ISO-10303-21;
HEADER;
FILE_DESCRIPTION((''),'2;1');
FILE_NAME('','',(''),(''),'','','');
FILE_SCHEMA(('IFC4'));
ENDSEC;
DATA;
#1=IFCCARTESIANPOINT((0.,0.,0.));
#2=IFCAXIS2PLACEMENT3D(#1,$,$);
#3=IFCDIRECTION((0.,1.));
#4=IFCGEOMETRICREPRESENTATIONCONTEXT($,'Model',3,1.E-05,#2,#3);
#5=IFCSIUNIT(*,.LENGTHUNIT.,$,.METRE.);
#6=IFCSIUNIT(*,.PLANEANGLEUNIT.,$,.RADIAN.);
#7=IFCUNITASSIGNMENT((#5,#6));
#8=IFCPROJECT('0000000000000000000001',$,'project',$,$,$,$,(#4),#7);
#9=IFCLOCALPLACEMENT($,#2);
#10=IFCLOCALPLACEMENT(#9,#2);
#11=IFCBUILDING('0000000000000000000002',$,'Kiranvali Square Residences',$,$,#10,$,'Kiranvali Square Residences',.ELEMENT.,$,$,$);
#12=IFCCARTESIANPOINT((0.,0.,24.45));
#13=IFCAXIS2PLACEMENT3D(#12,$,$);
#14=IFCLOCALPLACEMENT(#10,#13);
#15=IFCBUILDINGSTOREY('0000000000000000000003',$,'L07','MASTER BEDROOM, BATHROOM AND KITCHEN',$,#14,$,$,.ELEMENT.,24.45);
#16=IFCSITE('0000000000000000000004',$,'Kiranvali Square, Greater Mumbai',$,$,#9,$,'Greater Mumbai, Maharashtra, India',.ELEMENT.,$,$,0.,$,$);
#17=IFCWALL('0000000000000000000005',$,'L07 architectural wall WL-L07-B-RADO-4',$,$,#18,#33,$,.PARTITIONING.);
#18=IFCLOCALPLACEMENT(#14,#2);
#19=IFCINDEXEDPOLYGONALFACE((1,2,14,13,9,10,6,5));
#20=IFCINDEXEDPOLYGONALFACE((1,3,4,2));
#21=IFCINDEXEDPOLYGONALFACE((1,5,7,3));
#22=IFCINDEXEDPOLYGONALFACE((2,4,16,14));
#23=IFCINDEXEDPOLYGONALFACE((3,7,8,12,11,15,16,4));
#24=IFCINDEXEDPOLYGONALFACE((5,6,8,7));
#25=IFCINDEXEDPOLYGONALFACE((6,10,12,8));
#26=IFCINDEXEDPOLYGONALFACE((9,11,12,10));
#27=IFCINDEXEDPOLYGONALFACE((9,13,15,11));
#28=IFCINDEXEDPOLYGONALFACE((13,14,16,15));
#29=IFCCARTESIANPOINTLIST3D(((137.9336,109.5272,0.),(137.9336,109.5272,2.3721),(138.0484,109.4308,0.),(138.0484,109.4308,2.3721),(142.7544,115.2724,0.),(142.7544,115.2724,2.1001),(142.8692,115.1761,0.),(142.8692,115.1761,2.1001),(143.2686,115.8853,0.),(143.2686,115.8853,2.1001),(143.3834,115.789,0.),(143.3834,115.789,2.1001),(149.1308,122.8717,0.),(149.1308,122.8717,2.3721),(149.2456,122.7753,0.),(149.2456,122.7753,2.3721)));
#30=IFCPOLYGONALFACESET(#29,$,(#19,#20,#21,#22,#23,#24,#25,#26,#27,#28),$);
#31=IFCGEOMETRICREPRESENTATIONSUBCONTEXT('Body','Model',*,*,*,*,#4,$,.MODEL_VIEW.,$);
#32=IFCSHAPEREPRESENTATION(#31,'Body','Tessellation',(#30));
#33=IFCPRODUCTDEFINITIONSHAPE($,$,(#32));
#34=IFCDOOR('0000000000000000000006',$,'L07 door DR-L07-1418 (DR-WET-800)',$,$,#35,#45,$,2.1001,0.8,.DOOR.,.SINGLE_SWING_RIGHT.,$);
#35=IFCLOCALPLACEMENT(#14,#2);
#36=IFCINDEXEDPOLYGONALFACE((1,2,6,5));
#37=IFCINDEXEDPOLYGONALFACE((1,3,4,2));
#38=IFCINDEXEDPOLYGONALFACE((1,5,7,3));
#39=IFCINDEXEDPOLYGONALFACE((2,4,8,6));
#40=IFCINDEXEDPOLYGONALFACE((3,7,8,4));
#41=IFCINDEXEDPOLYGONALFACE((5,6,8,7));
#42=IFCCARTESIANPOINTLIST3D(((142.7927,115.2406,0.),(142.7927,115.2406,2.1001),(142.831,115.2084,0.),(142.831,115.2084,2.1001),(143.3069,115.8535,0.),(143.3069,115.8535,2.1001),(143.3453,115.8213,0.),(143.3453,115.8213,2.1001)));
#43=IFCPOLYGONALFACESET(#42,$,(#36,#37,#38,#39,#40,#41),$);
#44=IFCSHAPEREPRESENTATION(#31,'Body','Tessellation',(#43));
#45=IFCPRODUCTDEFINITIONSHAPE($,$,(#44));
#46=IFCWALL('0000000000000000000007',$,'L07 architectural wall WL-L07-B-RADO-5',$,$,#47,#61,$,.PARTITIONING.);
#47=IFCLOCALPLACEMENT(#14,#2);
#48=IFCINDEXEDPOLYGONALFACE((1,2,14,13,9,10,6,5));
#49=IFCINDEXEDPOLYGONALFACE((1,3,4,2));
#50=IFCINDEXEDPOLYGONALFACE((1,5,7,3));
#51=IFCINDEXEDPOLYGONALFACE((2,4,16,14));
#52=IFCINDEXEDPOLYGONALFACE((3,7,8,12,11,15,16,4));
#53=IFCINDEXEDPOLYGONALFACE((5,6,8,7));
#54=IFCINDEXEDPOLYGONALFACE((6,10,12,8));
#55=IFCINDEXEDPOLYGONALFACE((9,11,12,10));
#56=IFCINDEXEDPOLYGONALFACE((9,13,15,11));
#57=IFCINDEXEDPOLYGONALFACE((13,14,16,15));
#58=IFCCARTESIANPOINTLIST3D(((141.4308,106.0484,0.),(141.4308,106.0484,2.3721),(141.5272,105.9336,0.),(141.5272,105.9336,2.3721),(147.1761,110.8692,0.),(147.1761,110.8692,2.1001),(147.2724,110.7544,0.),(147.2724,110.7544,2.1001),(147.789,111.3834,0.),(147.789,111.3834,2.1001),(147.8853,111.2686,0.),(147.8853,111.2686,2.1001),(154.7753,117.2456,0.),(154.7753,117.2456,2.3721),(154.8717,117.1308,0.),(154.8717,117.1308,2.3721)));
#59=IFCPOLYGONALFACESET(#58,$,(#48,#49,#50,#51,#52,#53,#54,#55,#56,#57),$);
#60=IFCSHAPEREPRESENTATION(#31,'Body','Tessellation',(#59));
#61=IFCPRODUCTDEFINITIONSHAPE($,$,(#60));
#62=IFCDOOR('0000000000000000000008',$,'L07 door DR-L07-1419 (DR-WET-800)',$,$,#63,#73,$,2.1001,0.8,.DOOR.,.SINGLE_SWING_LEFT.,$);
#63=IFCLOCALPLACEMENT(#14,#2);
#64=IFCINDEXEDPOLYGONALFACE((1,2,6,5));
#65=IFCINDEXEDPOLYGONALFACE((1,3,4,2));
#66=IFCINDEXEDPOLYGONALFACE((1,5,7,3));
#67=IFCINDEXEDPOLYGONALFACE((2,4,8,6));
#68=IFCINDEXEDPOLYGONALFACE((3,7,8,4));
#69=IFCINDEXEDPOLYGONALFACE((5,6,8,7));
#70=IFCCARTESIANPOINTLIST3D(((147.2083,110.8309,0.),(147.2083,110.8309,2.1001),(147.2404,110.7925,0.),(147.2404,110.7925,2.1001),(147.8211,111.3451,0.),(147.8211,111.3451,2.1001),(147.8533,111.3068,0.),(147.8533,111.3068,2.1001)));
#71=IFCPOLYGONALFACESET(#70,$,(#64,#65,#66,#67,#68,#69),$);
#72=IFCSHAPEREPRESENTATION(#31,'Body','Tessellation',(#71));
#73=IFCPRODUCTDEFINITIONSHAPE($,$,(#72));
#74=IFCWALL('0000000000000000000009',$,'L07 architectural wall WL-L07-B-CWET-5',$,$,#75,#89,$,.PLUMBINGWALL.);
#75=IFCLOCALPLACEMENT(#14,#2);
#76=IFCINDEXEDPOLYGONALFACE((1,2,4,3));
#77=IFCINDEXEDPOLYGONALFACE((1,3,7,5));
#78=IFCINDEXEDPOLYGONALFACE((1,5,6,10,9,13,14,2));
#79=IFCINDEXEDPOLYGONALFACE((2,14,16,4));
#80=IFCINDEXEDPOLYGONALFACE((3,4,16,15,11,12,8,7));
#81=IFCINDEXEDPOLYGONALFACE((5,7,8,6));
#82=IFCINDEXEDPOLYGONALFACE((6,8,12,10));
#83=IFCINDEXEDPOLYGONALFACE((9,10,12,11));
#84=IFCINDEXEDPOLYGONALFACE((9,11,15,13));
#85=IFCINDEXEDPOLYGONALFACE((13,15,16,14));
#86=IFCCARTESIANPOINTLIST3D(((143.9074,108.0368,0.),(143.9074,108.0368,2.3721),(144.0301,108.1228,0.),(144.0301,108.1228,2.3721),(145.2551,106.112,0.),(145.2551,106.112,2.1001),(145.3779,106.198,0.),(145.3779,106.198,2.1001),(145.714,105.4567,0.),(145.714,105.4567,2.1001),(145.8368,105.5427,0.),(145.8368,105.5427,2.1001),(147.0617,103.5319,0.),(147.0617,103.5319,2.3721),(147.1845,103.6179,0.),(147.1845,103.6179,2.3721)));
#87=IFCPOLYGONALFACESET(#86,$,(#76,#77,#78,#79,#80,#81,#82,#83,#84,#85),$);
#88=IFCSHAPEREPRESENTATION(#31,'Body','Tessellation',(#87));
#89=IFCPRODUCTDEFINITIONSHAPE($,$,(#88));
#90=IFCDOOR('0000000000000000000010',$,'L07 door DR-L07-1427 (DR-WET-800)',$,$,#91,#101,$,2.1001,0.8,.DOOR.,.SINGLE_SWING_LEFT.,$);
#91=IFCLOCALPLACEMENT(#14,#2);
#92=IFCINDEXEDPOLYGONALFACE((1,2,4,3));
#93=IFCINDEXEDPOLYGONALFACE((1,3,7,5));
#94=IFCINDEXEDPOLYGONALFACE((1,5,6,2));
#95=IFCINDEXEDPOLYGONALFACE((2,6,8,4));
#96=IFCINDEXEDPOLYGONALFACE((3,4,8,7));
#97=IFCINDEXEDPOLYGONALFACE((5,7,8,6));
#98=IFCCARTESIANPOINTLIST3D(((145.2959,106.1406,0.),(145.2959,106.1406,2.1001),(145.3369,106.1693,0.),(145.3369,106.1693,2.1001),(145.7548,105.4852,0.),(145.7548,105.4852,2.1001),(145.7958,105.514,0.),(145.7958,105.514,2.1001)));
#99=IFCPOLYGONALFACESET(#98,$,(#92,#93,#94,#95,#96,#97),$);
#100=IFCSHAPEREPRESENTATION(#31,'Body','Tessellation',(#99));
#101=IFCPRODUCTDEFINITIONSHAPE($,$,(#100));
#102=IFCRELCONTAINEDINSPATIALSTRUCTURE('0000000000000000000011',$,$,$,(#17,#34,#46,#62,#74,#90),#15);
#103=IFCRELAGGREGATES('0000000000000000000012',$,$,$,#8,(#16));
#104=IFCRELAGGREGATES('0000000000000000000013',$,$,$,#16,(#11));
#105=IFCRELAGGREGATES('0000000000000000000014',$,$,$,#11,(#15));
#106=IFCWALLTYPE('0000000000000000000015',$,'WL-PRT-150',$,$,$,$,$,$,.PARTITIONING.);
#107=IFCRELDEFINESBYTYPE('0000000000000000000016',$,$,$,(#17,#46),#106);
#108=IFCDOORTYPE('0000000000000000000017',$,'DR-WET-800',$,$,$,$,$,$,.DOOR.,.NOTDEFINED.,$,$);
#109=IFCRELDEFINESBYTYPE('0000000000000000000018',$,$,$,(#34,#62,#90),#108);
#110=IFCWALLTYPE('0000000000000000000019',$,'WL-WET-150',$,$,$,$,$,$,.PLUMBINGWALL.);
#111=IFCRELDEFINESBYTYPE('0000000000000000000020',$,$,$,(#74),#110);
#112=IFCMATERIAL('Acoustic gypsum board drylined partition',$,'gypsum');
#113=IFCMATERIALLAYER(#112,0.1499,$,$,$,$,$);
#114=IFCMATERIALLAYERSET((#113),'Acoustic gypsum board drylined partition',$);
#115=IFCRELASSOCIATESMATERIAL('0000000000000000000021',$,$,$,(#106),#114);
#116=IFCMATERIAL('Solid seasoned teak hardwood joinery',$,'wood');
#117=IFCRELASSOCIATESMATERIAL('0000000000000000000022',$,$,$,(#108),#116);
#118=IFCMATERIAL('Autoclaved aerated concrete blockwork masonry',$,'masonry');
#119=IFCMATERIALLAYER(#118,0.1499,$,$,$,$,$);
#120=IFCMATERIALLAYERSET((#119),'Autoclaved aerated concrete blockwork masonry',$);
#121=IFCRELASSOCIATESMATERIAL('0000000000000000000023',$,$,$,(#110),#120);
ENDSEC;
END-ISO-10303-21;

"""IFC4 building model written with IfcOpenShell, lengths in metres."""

from ifc_helpers import new_model, si_unit, direction, frame, frame_2d, origin, place, context, subcontext, project, spatial, rectangle, extrude, material, layer, layer_set, type_object, element, fill, save


model = new_model("IFC4")

# Units and contexts
model_context = context("Model", 3, precision=1e-05, world=origin(), true_north=direction((0.0, 1.0)))
body_context = subcontext(model_context, "Body", "Model", "MODEL_VIEW")
ifc_project = project(units=[si_unit("LENGTHUNIT", "METRE"), si_unit("PLANEANGLEUNIT", "RADIAN")], contexts=[model_context])

# Site, building, storey
site_placement = place(None, origin())
site = spatial("IfcSite", under=ifc_project, at=site_placement, Name="Kiranvali Square, Greater Mumbai", LongName="Greater Mumbai, Maharashtra, India", CompositionType="ELEMENT", RefElevation=0.0)
building_placement = place(site_placement, origin())
building = spatial("IfcBuilding", under=site, at=building_placement, Name="Kiranvali Square Residences", LongName="Kiranvali Square Residences", CompositionType="ELEMENT")
storey_placement = place(building_placement, frame((0.0, 0.0, 24.45)))
storey = spatial("IfcBuildingStorey", under=building, at=storey_placement, Name="L07", Description="MASTER BEDROOM, BATHROOM AND KITCHEN", CompositionType="ELEMENT", Elevation=24.45)

# Shared definitions
ifc_material_1 = material(Name="Autoclaved aerated concrete blockwork masonry", Category="masonry")

# Walls, openings, doors
ifc_material_2 = material(Name="Acoustic gypsum board drylined partition", Category="gypsum")
ifc_layer_1 = layer(ifc_material_2, 0.1499)
ifc_layer_set_1 = layer_set([ifc_layer_1], Name="Acoustic gypsum board drylined partition")
wall_type_1 = type_object("IfcWallType", Name="WL-PRT-150", PredefinedType="PARTITIONING", material=ifc_layer_set_1)
wall_1_placement = place(storey_placement, frame((137.991, 109.479, 0.0), z_axis=(0.0, 0.0, 1.0), x_axis=(0.642785, 0.766047, 0.0)))
wall_1 = element("IfcWall", 1, at=wall_1_placement, inside=storey, type_object=wall_type_1, Name="L07 architectural wall WL-L07-B-RADO-4", PredefinedType="PARTITIONING", context=body_context, shape_type="SweptSolid", body=[
    extrude(rectangle(XDim=17.4199, YDim=0.1499, at=frame_2d((8.71, 0.0))), origin(), (0.0, 0.0, 1.0), 2.3721),
])
opening_1_placement = place(wall_1_placement, frame((7.5, 0.0, 0.0)))
opening_1 = element("IfcOpeningElement", 2, at=opening_1_placement, cuts=wall_1, PredefinedType="OPENING", context=body_context, shape_type="SweptSolid", body=[
    extrude(rectangle(XDim=0.8, YDim=2.1001, at=frame_2d((0.3999, 1.05))), frame((0.0, 0.085, 0.0), z_axis=(0.0, -1.0, 0.0), x_axis=(1.0, 0.0, 0.0)), (0.0, 0.0, 1.0), 0.1699),
])
ifc_material_3 = material(Name="Solid seasoned teak hardwood joinery", Category="wood")
door_type_1 = type_object("IfcDoorType", Name="DR-WET-800", OperationType="NOTDEFINED", PredefinedType="DOOR", material=ifc_material_3)
door_1_placement = place(opening_1_placement, frame((0.8, 0.0, 0.0), z_axis=(0.0, 0.0, 1.0), x_axis=(-1.0, 0.0, 0.0)))
door_1 = element("IfcDoor", 3, at=door_1_placement, inside=storey, type_object=door_type_1, Name="L07 door DR-L07-1418 (DR-WET-800)", OperationType="SINGLE_SWING_RIGHT", OverallHeight=2.1001, OverallWidth=0.8, PredefinedType="DOOR", context=body_context, shape_type="SweptSolid", body=[
    extrude(rectangle(XDim=0.8, YDim=2.1001, at=frame_2d((0.3999, 1.05))), frame((0.0, 0.0249, 0.0), z_axis=(0.0, -1.0, 0.0), x_axis=(1.0, 0.0, 0.0)), (0.0, 0.0, 1.0), 0.05),
])
fill(opening_1, door_1)
wall_2_placement = place(storey_placement, frame((141.479, 105.991, 0.0), z_axis=(0.0, 0.0, 1.0), x_axis=(0.766047, 0.642785, 0.0)))
wall_2 = element("IfcWall", 4, at=wall_2_placement, inside=storey, type_object=wall_type_1, Name="L07 architectural wall WL-L07-B-RADO-5", PredefinedType="PARTITIONING", context=body_context, shape_type="SweptSolid", body=[
    extrude(rectangle(XDim=17.4199, YDim=0.1499, at=frame_2d((8.71, 0.0))), origin(), (0.0, 0.0, 1.0), 2.3721),
])
opening_2_placement = place(wall_2_placement, frame((7.5, 0.0, 0.0)))
opening_2 = element("IfcOpeningElement", 5, at=opening_2_placement, cuts=wall_2, PredefinedType="OPENING", context=body_context, shape_type="SweptSolid", body=[
    extrude(rectangle(XDim=0.8, YDim=2.1001, at=frame_2d((0.3999, 1.05))), frame((0.0, 0.085, 0.0), z_axis=(0.0, -1.0, 0.0), x_axis=(1.0, 0.0, 0.0)), (0.0, 0.0, 1.0), 0.1699),
])
door_2_placement = place(opening_2_placement, origin())
door_2 = element("IfcDoor", 6, at=door_2_placement, inside=storey, type_object=door_type_1, Name="L07 door DR-L07-1419 (DR-WET-800)", OperationType="SINGLE_SWING_LEFT", OverallHeight=2.1001, OverallWidth=0.8, PredefinedType="DOOR", context=body_context, shape_type="SweptSolid", body=[
    extrude(rectangle(XDim=0.8, YDim=2.1001, at=frame_2d((0.3999, 1.05))), frame((0.0, 0.0249, 0.0), z_axis=(0.0, -1.0, 0.0), x_axis=(1.0, 0.0, 0.0)), (0.0, 0.0, 1.0), 0.05),
])
fill(opening_2, door_2)
ifc_layer_2 = layer(ifc_material_1, 0.1499)
ifc_layer_set_2 = layer_set([ifc_layer_2], Name="Autoclaved aerated concrete blockwork masonry")
wall_type_2 = type_object("IfcWallType", Name="WL-WET-150", PredefinedType="PLUMBINGWALL", material=ifc_layer_set_2)
wall_3_placement = place(storey_placement, frame((143.9688, 108.0798, 0.0), z_axis=(0.0, 0.0, 1.0), x_axis=(0.57357, -0.819157, 0.0)))
wall_3 = element("IfcWall", 7, at=wall_3_placement, inside=storey, type_object=wall_type_2, Name="L07 architectural wall WL-L07-B-CWET-5", PredefinedType="PLUMBINGWALL", context=body_context, shape_type="SweptSolid", body=[
    extrude(rectangle(XDim=5.4995, YDim=0.1499, at=frame_2d((2.7498, 0.0))), origin(), (0.0, 0.0, 1.0), 2.3721),
])
opening_3_placement = place(wall_3_placement, frame((2.3499, 0.0, 0.0)))
opening_3 = element("IfcOpeningElement", 8, at=opening_3_placement, cuts=wall_3, PredefinedType="OPENING", context=body_context, shape_type="SweptSolid", body=[
    extrude(rectangle(XDim=0.8, YDim=2.1001, at=frame_2d((0.3999, 1.05))), frame((0.0, 0.085, 0.0), z_axis=(0.0, -1.0, 0.0), x_axis=(1.0, 0.0, 0.0)), (0.0, 0.0, 1.0), 0.1699),
])
door_3_placement = place(opening_3_placement, origin())
door_3 = element("IfcDoor", 9, at=door_3_placement, inside=storey, type_object=door_type_1, Name="L07 door DR-L07-1427 (DR-WET-800)", OperationType="SINGLE_SWING_LEFT", OverallHeight=2.1001, OverallWidth=0.8, PredefinedType="DOOR", context=body_context, shape_type="SweptSolid", body=[
    extrude(rectangle(XDim=0.8, YDim=2.1001, at=frame_2d((0.3999, 1.05))), frame((0.0, 0.0249, 0.0), z_axis=(0.0, -1.0, 0.0), x_axis=(1.0, 0.0, 0.0)), (0.0, 0.0, 1.0), 0.05),
])
fill(opening_3, door_3)

save(model, "model.ifc")
